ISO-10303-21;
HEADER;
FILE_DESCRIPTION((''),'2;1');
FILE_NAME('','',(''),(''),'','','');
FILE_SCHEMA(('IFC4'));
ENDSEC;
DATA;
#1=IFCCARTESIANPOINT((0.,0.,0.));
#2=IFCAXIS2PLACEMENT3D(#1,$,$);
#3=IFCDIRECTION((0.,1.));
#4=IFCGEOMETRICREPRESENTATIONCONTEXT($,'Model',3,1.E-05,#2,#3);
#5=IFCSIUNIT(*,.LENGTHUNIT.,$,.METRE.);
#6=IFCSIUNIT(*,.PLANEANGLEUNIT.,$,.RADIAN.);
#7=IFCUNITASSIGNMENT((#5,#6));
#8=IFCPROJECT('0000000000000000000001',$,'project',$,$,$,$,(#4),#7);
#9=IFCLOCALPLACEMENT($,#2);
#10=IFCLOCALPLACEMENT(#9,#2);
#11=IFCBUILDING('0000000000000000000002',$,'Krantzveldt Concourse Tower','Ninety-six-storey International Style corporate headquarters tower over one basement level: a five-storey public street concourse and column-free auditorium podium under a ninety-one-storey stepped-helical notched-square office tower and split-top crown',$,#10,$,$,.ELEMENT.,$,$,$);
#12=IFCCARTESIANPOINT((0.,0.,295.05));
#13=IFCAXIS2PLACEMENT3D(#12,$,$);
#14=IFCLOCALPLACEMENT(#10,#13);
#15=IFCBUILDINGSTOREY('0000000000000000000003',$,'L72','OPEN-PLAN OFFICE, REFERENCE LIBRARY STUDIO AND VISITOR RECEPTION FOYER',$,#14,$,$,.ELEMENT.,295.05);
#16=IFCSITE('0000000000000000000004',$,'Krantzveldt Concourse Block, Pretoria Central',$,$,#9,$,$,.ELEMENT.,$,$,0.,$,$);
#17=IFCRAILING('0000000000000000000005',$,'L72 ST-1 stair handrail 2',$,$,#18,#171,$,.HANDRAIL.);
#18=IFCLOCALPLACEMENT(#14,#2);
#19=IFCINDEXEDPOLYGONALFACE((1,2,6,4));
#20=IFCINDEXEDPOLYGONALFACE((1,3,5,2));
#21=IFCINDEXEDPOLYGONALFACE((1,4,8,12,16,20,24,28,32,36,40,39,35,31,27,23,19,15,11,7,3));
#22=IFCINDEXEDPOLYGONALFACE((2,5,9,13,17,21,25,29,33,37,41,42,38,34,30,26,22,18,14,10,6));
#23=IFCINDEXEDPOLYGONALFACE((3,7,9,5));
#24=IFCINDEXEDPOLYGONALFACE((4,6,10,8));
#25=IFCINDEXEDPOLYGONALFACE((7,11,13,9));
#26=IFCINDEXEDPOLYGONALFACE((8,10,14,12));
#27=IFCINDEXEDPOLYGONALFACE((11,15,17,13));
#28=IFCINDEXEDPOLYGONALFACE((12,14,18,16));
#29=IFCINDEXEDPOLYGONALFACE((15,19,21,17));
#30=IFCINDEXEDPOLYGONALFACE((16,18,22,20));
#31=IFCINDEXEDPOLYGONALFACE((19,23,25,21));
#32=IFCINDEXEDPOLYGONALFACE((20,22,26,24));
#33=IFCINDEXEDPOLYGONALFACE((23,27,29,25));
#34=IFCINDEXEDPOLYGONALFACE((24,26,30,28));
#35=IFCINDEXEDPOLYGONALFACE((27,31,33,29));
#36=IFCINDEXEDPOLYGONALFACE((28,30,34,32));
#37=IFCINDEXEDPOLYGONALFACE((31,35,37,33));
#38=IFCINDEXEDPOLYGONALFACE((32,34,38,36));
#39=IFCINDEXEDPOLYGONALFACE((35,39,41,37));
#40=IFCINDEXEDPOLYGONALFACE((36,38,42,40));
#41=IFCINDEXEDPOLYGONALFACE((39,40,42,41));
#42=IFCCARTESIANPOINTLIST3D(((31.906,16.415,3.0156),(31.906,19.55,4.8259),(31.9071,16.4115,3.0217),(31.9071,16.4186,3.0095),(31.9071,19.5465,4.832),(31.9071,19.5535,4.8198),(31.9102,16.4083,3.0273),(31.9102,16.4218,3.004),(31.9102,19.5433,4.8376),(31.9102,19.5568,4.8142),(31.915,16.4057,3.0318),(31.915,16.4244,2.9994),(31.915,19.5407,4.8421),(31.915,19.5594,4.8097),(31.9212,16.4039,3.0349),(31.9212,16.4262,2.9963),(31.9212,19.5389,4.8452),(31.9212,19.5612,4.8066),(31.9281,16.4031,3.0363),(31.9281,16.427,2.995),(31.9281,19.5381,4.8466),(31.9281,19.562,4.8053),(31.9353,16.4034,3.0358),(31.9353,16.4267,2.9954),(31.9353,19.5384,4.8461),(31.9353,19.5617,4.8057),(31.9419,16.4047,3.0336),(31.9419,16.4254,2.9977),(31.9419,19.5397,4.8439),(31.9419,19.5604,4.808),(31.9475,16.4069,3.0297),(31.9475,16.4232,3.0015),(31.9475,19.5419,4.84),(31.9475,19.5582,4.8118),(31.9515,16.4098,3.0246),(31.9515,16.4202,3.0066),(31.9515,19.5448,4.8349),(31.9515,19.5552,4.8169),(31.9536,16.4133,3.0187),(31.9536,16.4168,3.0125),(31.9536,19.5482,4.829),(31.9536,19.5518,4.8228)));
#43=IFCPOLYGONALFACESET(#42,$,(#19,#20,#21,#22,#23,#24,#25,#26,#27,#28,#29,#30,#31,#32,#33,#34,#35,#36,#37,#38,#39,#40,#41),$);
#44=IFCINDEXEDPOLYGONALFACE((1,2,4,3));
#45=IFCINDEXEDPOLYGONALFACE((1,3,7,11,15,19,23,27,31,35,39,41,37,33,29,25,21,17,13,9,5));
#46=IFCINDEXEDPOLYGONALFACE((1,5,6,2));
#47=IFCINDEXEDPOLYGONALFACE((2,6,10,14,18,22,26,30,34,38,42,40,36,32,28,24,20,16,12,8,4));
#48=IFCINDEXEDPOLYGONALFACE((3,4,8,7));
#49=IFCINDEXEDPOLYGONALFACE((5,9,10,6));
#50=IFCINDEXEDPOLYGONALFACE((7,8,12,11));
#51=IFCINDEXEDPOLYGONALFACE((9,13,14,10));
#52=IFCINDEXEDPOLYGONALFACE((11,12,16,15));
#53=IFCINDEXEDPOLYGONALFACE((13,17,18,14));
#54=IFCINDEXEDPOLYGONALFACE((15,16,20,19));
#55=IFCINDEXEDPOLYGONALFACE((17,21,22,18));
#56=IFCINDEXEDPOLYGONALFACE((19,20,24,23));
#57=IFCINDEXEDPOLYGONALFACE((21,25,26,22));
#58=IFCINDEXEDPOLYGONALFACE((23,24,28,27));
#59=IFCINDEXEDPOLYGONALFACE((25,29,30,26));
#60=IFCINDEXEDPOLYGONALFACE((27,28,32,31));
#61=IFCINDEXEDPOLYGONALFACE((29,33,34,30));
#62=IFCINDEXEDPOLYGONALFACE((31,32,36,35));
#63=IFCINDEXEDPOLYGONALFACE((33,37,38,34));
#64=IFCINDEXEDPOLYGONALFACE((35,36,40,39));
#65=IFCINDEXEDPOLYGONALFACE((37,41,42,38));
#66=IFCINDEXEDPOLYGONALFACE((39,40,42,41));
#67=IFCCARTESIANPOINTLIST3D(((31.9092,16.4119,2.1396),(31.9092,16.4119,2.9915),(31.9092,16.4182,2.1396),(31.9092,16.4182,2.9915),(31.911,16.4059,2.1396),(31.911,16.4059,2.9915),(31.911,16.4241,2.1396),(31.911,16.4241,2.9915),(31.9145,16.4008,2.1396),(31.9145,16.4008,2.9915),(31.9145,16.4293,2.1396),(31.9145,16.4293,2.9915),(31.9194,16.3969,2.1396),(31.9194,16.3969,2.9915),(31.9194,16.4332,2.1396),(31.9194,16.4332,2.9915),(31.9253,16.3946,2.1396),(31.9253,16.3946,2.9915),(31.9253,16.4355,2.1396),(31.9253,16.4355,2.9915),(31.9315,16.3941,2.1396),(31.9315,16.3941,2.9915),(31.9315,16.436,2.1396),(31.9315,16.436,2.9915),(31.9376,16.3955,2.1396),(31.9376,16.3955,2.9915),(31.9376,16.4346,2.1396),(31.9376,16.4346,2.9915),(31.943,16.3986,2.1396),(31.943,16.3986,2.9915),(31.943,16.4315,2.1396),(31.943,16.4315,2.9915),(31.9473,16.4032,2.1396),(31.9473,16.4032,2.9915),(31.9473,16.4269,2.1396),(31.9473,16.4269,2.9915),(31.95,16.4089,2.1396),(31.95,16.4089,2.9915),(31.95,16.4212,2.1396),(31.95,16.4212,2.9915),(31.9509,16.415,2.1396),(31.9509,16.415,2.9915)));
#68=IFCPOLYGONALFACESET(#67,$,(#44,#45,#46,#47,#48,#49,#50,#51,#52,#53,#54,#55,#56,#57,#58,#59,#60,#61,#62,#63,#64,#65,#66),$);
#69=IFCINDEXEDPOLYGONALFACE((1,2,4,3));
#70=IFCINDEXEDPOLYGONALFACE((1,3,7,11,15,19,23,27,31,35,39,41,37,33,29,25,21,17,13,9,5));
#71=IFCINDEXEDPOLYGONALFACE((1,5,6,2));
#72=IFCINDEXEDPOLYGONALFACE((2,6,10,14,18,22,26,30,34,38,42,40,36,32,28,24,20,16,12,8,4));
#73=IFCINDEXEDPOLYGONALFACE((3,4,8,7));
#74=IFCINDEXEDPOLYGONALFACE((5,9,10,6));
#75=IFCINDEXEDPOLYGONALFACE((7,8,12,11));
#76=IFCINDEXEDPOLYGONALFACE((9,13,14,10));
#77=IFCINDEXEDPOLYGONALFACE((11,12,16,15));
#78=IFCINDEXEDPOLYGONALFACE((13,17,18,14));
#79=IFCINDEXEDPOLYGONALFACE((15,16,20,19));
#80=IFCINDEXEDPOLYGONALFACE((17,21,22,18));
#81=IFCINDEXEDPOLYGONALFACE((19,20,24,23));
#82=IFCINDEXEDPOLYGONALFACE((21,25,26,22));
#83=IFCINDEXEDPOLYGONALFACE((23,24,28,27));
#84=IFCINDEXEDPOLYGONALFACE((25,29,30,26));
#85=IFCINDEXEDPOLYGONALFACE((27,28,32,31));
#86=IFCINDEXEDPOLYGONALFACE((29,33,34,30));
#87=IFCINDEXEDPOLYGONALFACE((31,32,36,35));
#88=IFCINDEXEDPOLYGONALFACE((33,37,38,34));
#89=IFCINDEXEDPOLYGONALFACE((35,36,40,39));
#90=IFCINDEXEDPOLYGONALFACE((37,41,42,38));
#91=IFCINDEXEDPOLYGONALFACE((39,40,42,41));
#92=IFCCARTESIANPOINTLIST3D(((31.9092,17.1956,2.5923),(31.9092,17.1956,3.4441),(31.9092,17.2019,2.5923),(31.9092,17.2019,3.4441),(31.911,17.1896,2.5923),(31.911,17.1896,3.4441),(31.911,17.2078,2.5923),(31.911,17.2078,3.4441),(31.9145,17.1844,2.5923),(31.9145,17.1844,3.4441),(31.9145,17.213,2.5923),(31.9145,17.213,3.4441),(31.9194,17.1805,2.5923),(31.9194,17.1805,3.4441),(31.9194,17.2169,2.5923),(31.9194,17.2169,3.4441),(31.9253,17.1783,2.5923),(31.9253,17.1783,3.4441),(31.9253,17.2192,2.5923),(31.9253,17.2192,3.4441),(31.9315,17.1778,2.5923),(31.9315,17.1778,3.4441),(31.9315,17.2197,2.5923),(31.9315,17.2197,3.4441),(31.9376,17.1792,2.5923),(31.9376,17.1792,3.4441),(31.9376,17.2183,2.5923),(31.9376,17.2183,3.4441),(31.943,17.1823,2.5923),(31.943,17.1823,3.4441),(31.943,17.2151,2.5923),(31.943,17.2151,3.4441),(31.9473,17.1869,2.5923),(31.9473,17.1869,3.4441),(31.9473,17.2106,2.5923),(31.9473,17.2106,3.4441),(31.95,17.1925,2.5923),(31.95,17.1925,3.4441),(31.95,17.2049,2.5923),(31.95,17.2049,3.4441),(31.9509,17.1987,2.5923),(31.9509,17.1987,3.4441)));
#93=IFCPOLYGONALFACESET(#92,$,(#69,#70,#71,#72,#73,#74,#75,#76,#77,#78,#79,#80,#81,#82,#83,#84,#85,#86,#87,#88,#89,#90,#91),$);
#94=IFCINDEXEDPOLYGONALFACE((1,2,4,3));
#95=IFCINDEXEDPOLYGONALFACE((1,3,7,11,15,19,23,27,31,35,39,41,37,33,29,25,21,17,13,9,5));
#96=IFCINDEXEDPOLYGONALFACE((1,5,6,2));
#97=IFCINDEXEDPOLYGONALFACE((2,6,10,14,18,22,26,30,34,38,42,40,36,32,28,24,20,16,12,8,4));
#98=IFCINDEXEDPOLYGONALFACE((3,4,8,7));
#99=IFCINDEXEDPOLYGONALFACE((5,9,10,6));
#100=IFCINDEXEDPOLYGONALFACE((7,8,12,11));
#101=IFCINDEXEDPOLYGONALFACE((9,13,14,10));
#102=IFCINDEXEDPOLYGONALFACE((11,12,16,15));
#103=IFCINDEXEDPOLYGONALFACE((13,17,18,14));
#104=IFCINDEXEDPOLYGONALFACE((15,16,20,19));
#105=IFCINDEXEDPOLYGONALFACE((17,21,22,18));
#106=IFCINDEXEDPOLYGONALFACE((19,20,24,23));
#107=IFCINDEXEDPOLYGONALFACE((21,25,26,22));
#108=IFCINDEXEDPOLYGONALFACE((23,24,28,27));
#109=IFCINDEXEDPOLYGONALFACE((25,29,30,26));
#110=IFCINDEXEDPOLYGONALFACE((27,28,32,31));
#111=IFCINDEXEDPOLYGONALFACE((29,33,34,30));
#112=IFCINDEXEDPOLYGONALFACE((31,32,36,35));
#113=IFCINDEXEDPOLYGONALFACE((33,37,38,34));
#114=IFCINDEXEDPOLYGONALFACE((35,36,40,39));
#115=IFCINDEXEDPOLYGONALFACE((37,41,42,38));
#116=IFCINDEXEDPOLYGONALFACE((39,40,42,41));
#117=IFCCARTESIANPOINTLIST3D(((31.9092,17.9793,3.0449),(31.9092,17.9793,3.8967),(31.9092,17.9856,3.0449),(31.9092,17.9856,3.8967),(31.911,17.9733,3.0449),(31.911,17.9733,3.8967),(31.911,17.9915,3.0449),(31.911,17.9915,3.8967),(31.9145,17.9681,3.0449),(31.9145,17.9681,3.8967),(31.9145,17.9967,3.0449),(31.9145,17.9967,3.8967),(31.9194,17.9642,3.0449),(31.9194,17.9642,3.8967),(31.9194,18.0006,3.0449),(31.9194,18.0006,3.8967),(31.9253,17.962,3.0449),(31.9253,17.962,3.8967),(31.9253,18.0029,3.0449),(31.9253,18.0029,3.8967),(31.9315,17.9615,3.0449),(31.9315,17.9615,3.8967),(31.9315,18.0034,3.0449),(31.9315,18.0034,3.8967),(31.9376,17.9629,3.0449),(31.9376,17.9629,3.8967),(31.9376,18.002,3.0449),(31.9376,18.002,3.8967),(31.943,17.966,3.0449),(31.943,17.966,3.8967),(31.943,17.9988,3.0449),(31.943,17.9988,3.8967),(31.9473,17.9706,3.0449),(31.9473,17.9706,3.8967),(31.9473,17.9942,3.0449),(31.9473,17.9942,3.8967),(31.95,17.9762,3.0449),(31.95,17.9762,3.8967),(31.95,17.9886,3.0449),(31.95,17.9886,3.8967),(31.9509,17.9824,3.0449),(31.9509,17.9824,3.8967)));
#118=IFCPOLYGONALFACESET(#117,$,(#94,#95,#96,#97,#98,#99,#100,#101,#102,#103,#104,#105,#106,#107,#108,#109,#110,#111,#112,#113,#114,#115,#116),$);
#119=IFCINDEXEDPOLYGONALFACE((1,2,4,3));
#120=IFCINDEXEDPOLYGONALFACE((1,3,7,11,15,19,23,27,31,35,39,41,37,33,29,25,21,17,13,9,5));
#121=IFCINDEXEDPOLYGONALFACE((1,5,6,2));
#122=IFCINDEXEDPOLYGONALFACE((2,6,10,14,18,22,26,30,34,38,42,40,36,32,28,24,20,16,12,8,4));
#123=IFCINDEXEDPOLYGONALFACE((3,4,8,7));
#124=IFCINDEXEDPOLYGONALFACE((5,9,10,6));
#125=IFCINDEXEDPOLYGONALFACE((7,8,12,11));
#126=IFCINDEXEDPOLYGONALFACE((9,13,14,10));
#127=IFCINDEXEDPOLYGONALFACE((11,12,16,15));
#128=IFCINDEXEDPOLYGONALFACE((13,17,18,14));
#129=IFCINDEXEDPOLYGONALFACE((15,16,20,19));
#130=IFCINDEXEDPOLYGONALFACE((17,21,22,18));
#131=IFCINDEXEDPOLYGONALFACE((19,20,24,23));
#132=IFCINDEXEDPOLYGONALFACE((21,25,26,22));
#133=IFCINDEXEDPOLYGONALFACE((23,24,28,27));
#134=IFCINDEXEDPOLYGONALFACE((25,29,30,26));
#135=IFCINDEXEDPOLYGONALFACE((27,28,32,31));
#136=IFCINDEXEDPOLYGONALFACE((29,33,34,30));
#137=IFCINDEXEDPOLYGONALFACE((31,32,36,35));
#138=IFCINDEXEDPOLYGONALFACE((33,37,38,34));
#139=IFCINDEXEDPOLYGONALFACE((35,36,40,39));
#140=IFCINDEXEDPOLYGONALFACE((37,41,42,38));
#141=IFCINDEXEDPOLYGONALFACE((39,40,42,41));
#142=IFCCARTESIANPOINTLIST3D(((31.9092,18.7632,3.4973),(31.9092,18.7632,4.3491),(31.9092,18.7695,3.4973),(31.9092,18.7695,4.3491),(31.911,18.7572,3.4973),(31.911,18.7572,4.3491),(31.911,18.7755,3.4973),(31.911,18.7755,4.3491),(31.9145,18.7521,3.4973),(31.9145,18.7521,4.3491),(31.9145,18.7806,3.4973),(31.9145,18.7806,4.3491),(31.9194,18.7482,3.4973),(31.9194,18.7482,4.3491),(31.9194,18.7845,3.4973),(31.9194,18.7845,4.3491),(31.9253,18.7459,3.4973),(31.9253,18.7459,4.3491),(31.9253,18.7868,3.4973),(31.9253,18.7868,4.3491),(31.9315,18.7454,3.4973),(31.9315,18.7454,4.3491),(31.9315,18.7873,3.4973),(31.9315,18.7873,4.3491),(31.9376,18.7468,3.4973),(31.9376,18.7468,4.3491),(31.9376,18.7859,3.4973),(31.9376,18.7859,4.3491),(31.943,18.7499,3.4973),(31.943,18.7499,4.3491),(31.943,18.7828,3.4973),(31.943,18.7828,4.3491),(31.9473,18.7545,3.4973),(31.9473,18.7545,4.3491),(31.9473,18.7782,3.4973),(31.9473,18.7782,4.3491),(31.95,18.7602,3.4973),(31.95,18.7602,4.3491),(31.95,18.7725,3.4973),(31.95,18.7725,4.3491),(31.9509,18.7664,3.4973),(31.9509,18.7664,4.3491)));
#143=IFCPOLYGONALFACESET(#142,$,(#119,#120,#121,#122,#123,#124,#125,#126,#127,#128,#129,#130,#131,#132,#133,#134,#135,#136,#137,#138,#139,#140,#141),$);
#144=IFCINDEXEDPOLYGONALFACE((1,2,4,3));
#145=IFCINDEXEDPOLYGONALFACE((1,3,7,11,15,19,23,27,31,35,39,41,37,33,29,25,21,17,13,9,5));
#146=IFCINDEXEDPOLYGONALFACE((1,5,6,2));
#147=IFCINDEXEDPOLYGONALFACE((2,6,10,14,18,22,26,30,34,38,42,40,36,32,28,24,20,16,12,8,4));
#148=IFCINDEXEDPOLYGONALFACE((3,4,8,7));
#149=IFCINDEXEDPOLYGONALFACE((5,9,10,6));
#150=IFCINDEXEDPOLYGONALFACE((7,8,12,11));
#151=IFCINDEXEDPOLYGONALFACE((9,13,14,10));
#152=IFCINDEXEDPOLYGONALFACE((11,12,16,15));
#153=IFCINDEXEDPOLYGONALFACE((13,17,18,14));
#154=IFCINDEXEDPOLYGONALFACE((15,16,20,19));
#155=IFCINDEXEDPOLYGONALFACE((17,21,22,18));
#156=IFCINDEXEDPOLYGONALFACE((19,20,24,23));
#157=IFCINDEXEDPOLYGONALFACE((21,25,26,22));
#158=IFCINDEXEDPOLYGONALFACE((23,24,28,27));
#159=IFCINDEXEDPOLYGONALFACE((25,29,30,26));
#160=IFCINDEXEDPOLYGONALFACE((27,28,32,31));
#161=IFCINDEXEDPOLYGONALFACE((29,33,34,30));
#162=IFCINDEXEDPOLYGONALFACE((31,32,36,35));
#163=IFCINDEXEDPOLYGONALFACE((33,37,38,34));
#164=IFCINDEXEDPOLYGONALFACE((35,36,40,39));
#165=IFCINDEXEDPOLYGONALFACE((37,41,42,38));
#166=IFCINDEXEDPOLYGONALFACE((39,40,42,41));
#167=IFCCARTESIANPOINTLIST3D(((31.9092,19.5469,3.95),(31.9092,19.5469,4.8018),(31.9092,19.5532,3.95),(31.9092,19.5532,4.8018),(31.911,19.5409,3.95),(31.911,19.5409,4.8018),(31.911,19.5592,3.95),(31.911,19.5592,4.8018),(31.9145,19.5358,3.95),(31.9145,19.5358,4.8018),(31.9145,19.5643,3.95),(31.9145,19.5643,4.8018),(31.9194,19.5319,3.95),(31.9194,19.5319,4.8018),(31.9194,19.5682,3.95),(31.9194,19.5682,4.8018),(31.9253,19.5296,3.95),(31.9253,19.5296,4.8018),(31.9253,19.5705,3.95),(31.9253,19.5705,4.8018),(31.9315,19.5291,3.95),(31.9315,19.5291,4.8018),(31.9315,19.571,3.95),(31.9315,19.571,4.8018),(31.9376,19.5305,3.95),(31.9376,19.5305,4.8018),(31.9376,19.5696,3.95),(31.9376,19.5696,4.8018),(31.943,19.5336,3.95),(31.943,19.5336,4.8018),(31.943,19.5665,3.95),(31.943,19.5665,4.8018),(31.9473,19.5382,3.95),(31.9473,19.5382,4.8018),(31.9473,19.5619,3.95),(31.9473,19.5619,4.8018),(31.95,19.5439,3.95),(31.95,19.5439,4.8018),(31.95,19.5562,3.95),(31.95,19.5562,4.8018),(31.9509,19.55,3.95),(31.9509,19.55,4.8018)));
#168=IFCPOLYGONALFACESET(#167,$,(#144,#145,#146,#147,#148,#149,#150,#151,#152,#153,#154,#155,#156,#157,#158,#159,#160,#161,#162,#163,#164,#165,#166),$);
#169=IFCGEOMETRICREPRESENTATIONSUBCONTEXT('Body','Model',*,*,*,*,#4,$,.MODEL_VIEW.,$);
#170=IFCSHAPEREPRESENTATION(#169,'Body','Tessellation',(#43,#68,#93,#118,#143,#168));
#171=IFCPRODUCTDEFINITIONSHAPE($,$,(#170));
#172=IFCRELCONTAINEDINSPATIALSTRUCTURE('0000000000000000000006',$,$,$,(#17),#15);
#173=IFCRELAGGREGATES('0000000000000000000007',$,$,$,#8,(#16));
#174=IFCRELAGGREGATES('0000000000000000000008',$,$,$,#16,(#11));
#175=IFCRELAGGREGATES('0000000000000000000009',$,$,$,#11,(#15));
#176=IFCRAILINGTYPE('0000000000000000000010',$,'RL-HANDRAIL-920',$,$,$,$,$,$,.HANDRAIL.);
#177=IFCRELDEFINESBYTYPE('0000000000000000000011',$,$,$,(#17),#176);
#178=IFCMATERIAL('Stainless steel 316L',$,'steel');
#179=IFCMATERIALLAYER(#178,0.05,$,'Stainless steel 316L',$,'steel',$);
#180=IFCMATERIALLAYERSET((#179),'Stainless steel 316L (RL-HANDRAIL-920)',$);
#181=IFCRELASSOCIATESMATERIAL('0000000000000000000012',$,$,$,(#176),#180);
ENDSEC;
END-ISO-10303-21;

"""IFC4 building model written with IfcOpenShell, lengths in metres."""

from ifc_helpers import new_model, si_unit, direction, frame, origin, origin_2d, place, context, subcontext, project, spatial, circle, extrude, material, layer, layer_set, type_object, element, save


model = new_model("IFC4")

# Units and contexts
model_context = context("Model", 3, precision=1e-05, world=origin(), true_north=direction((0.0, 1.0)))
body_context = subcontext(model_context, "Body", "Model", "MODEL_VIEW")
ifc_project = project(units=[si_unit("LENGTHUNIT", "METRE"), si_unit("PLANEANGLEUNIT", "RADIAN")], contexts=[model_context])

# Site, building, storey
site_placement = place(None, origin())
site = spatial("IfcSite", under=ifc_project, at=site_placement, Name="Krantzveldt Concourse Block, Pretoria Central", CompositionType="ELEMENT", RefElevation=0.0)
building_placement = place(site_placement, origin())
building = spatial("IfcBuilding", under=site, at=building_placement, Name="Krantzveldt Concourse Tower", Description="Ninety-six-storey International Style corporate headquarters tower over one basement level: a five-storey public street concourse and column-free auditorium podium under a ninety-one-storey stepped-helical notched-square office tower and split-top crown", CompositionType="ELEMENT")
storey_placement = place(building_placement, frame((0.0, 0.0, 295.05)))
storey = spatial("IfcBuildingStorey", under=building, at=storey_placement, Name="L72", Description="OPEN-PLAN OFFICE, REFERENCE LIBRARY STUDIO AND VISITOR RECEPTION FOYER", CompositionType="ELEMENT", Elevation=295.05)

# Shared definitions
ifc_material_1 = material(Name="Stainless steel 316L", Category="steel")

# Railing
ifc_layer_1 = layer(ifc_material_1, 0.05, Name="Stainless steel 316L", Category="steel")
ifc_layer_set_1 = layer_set([ifc_layer_1], Name="Stainless steel 316L (RL-HANDRAIL-920)")
railing_type_1 = type_object("IfcRailingType", Name="RL-HANDRAIL-920", PredefinedType="HANDRAIL", material=ifc_layer_set_1)
railing_1_placement = place(storey_placement, frame((31.9299, 16.415, 2.1396)))
element("IfcRailing", 1, at=railing_1_placement, inside=storey, type_object=railing_type_1, Name="L72 ST-1 stair handrail 2", PredefinedType="HANDRAIL", context=body_context, shape_type="SweptSolid", body=[
    extrude(circle(Radius=0.0239, at=origin_2d()), frame((0.0, 0.0, 0.876), z_axis=(0.0, 0.865989, 0.500063), x_axis=(-1.0, 0.0, 0.0)), (0.0, 0.0, 1.0), 3.6201),
    extrude(circle(Radius=0.021, at=origin_2d()), origin(), (0.0, 0.0, 1.0), 0.8518),
    extrude(circle(Radius=0.021, at=origin_2d()), frame((0.0, 0.7837, 0.4526)), (0.0, 0.0, 1.0), 0.8518),
    extrude(circle(Radius=0.021, at=origin_2d()), frame((0.0, 1.5674, 0.9053)), (0.0, 0.0, 1.0), 0.8518),
    extrude(circle(Radius=0.021, at=origin_2d()), frame((0.0, 2.3513, 1.3577)), (0.0, 0.0, 1.0), 0.8518),
    extrude(circle(Radius=0.021, at=origin_2d()), frame((0.0, 3.135, 1.8103)), (0.0, 0.0, 1.0), 0.8518),
])

save(model, "model.ifc")
